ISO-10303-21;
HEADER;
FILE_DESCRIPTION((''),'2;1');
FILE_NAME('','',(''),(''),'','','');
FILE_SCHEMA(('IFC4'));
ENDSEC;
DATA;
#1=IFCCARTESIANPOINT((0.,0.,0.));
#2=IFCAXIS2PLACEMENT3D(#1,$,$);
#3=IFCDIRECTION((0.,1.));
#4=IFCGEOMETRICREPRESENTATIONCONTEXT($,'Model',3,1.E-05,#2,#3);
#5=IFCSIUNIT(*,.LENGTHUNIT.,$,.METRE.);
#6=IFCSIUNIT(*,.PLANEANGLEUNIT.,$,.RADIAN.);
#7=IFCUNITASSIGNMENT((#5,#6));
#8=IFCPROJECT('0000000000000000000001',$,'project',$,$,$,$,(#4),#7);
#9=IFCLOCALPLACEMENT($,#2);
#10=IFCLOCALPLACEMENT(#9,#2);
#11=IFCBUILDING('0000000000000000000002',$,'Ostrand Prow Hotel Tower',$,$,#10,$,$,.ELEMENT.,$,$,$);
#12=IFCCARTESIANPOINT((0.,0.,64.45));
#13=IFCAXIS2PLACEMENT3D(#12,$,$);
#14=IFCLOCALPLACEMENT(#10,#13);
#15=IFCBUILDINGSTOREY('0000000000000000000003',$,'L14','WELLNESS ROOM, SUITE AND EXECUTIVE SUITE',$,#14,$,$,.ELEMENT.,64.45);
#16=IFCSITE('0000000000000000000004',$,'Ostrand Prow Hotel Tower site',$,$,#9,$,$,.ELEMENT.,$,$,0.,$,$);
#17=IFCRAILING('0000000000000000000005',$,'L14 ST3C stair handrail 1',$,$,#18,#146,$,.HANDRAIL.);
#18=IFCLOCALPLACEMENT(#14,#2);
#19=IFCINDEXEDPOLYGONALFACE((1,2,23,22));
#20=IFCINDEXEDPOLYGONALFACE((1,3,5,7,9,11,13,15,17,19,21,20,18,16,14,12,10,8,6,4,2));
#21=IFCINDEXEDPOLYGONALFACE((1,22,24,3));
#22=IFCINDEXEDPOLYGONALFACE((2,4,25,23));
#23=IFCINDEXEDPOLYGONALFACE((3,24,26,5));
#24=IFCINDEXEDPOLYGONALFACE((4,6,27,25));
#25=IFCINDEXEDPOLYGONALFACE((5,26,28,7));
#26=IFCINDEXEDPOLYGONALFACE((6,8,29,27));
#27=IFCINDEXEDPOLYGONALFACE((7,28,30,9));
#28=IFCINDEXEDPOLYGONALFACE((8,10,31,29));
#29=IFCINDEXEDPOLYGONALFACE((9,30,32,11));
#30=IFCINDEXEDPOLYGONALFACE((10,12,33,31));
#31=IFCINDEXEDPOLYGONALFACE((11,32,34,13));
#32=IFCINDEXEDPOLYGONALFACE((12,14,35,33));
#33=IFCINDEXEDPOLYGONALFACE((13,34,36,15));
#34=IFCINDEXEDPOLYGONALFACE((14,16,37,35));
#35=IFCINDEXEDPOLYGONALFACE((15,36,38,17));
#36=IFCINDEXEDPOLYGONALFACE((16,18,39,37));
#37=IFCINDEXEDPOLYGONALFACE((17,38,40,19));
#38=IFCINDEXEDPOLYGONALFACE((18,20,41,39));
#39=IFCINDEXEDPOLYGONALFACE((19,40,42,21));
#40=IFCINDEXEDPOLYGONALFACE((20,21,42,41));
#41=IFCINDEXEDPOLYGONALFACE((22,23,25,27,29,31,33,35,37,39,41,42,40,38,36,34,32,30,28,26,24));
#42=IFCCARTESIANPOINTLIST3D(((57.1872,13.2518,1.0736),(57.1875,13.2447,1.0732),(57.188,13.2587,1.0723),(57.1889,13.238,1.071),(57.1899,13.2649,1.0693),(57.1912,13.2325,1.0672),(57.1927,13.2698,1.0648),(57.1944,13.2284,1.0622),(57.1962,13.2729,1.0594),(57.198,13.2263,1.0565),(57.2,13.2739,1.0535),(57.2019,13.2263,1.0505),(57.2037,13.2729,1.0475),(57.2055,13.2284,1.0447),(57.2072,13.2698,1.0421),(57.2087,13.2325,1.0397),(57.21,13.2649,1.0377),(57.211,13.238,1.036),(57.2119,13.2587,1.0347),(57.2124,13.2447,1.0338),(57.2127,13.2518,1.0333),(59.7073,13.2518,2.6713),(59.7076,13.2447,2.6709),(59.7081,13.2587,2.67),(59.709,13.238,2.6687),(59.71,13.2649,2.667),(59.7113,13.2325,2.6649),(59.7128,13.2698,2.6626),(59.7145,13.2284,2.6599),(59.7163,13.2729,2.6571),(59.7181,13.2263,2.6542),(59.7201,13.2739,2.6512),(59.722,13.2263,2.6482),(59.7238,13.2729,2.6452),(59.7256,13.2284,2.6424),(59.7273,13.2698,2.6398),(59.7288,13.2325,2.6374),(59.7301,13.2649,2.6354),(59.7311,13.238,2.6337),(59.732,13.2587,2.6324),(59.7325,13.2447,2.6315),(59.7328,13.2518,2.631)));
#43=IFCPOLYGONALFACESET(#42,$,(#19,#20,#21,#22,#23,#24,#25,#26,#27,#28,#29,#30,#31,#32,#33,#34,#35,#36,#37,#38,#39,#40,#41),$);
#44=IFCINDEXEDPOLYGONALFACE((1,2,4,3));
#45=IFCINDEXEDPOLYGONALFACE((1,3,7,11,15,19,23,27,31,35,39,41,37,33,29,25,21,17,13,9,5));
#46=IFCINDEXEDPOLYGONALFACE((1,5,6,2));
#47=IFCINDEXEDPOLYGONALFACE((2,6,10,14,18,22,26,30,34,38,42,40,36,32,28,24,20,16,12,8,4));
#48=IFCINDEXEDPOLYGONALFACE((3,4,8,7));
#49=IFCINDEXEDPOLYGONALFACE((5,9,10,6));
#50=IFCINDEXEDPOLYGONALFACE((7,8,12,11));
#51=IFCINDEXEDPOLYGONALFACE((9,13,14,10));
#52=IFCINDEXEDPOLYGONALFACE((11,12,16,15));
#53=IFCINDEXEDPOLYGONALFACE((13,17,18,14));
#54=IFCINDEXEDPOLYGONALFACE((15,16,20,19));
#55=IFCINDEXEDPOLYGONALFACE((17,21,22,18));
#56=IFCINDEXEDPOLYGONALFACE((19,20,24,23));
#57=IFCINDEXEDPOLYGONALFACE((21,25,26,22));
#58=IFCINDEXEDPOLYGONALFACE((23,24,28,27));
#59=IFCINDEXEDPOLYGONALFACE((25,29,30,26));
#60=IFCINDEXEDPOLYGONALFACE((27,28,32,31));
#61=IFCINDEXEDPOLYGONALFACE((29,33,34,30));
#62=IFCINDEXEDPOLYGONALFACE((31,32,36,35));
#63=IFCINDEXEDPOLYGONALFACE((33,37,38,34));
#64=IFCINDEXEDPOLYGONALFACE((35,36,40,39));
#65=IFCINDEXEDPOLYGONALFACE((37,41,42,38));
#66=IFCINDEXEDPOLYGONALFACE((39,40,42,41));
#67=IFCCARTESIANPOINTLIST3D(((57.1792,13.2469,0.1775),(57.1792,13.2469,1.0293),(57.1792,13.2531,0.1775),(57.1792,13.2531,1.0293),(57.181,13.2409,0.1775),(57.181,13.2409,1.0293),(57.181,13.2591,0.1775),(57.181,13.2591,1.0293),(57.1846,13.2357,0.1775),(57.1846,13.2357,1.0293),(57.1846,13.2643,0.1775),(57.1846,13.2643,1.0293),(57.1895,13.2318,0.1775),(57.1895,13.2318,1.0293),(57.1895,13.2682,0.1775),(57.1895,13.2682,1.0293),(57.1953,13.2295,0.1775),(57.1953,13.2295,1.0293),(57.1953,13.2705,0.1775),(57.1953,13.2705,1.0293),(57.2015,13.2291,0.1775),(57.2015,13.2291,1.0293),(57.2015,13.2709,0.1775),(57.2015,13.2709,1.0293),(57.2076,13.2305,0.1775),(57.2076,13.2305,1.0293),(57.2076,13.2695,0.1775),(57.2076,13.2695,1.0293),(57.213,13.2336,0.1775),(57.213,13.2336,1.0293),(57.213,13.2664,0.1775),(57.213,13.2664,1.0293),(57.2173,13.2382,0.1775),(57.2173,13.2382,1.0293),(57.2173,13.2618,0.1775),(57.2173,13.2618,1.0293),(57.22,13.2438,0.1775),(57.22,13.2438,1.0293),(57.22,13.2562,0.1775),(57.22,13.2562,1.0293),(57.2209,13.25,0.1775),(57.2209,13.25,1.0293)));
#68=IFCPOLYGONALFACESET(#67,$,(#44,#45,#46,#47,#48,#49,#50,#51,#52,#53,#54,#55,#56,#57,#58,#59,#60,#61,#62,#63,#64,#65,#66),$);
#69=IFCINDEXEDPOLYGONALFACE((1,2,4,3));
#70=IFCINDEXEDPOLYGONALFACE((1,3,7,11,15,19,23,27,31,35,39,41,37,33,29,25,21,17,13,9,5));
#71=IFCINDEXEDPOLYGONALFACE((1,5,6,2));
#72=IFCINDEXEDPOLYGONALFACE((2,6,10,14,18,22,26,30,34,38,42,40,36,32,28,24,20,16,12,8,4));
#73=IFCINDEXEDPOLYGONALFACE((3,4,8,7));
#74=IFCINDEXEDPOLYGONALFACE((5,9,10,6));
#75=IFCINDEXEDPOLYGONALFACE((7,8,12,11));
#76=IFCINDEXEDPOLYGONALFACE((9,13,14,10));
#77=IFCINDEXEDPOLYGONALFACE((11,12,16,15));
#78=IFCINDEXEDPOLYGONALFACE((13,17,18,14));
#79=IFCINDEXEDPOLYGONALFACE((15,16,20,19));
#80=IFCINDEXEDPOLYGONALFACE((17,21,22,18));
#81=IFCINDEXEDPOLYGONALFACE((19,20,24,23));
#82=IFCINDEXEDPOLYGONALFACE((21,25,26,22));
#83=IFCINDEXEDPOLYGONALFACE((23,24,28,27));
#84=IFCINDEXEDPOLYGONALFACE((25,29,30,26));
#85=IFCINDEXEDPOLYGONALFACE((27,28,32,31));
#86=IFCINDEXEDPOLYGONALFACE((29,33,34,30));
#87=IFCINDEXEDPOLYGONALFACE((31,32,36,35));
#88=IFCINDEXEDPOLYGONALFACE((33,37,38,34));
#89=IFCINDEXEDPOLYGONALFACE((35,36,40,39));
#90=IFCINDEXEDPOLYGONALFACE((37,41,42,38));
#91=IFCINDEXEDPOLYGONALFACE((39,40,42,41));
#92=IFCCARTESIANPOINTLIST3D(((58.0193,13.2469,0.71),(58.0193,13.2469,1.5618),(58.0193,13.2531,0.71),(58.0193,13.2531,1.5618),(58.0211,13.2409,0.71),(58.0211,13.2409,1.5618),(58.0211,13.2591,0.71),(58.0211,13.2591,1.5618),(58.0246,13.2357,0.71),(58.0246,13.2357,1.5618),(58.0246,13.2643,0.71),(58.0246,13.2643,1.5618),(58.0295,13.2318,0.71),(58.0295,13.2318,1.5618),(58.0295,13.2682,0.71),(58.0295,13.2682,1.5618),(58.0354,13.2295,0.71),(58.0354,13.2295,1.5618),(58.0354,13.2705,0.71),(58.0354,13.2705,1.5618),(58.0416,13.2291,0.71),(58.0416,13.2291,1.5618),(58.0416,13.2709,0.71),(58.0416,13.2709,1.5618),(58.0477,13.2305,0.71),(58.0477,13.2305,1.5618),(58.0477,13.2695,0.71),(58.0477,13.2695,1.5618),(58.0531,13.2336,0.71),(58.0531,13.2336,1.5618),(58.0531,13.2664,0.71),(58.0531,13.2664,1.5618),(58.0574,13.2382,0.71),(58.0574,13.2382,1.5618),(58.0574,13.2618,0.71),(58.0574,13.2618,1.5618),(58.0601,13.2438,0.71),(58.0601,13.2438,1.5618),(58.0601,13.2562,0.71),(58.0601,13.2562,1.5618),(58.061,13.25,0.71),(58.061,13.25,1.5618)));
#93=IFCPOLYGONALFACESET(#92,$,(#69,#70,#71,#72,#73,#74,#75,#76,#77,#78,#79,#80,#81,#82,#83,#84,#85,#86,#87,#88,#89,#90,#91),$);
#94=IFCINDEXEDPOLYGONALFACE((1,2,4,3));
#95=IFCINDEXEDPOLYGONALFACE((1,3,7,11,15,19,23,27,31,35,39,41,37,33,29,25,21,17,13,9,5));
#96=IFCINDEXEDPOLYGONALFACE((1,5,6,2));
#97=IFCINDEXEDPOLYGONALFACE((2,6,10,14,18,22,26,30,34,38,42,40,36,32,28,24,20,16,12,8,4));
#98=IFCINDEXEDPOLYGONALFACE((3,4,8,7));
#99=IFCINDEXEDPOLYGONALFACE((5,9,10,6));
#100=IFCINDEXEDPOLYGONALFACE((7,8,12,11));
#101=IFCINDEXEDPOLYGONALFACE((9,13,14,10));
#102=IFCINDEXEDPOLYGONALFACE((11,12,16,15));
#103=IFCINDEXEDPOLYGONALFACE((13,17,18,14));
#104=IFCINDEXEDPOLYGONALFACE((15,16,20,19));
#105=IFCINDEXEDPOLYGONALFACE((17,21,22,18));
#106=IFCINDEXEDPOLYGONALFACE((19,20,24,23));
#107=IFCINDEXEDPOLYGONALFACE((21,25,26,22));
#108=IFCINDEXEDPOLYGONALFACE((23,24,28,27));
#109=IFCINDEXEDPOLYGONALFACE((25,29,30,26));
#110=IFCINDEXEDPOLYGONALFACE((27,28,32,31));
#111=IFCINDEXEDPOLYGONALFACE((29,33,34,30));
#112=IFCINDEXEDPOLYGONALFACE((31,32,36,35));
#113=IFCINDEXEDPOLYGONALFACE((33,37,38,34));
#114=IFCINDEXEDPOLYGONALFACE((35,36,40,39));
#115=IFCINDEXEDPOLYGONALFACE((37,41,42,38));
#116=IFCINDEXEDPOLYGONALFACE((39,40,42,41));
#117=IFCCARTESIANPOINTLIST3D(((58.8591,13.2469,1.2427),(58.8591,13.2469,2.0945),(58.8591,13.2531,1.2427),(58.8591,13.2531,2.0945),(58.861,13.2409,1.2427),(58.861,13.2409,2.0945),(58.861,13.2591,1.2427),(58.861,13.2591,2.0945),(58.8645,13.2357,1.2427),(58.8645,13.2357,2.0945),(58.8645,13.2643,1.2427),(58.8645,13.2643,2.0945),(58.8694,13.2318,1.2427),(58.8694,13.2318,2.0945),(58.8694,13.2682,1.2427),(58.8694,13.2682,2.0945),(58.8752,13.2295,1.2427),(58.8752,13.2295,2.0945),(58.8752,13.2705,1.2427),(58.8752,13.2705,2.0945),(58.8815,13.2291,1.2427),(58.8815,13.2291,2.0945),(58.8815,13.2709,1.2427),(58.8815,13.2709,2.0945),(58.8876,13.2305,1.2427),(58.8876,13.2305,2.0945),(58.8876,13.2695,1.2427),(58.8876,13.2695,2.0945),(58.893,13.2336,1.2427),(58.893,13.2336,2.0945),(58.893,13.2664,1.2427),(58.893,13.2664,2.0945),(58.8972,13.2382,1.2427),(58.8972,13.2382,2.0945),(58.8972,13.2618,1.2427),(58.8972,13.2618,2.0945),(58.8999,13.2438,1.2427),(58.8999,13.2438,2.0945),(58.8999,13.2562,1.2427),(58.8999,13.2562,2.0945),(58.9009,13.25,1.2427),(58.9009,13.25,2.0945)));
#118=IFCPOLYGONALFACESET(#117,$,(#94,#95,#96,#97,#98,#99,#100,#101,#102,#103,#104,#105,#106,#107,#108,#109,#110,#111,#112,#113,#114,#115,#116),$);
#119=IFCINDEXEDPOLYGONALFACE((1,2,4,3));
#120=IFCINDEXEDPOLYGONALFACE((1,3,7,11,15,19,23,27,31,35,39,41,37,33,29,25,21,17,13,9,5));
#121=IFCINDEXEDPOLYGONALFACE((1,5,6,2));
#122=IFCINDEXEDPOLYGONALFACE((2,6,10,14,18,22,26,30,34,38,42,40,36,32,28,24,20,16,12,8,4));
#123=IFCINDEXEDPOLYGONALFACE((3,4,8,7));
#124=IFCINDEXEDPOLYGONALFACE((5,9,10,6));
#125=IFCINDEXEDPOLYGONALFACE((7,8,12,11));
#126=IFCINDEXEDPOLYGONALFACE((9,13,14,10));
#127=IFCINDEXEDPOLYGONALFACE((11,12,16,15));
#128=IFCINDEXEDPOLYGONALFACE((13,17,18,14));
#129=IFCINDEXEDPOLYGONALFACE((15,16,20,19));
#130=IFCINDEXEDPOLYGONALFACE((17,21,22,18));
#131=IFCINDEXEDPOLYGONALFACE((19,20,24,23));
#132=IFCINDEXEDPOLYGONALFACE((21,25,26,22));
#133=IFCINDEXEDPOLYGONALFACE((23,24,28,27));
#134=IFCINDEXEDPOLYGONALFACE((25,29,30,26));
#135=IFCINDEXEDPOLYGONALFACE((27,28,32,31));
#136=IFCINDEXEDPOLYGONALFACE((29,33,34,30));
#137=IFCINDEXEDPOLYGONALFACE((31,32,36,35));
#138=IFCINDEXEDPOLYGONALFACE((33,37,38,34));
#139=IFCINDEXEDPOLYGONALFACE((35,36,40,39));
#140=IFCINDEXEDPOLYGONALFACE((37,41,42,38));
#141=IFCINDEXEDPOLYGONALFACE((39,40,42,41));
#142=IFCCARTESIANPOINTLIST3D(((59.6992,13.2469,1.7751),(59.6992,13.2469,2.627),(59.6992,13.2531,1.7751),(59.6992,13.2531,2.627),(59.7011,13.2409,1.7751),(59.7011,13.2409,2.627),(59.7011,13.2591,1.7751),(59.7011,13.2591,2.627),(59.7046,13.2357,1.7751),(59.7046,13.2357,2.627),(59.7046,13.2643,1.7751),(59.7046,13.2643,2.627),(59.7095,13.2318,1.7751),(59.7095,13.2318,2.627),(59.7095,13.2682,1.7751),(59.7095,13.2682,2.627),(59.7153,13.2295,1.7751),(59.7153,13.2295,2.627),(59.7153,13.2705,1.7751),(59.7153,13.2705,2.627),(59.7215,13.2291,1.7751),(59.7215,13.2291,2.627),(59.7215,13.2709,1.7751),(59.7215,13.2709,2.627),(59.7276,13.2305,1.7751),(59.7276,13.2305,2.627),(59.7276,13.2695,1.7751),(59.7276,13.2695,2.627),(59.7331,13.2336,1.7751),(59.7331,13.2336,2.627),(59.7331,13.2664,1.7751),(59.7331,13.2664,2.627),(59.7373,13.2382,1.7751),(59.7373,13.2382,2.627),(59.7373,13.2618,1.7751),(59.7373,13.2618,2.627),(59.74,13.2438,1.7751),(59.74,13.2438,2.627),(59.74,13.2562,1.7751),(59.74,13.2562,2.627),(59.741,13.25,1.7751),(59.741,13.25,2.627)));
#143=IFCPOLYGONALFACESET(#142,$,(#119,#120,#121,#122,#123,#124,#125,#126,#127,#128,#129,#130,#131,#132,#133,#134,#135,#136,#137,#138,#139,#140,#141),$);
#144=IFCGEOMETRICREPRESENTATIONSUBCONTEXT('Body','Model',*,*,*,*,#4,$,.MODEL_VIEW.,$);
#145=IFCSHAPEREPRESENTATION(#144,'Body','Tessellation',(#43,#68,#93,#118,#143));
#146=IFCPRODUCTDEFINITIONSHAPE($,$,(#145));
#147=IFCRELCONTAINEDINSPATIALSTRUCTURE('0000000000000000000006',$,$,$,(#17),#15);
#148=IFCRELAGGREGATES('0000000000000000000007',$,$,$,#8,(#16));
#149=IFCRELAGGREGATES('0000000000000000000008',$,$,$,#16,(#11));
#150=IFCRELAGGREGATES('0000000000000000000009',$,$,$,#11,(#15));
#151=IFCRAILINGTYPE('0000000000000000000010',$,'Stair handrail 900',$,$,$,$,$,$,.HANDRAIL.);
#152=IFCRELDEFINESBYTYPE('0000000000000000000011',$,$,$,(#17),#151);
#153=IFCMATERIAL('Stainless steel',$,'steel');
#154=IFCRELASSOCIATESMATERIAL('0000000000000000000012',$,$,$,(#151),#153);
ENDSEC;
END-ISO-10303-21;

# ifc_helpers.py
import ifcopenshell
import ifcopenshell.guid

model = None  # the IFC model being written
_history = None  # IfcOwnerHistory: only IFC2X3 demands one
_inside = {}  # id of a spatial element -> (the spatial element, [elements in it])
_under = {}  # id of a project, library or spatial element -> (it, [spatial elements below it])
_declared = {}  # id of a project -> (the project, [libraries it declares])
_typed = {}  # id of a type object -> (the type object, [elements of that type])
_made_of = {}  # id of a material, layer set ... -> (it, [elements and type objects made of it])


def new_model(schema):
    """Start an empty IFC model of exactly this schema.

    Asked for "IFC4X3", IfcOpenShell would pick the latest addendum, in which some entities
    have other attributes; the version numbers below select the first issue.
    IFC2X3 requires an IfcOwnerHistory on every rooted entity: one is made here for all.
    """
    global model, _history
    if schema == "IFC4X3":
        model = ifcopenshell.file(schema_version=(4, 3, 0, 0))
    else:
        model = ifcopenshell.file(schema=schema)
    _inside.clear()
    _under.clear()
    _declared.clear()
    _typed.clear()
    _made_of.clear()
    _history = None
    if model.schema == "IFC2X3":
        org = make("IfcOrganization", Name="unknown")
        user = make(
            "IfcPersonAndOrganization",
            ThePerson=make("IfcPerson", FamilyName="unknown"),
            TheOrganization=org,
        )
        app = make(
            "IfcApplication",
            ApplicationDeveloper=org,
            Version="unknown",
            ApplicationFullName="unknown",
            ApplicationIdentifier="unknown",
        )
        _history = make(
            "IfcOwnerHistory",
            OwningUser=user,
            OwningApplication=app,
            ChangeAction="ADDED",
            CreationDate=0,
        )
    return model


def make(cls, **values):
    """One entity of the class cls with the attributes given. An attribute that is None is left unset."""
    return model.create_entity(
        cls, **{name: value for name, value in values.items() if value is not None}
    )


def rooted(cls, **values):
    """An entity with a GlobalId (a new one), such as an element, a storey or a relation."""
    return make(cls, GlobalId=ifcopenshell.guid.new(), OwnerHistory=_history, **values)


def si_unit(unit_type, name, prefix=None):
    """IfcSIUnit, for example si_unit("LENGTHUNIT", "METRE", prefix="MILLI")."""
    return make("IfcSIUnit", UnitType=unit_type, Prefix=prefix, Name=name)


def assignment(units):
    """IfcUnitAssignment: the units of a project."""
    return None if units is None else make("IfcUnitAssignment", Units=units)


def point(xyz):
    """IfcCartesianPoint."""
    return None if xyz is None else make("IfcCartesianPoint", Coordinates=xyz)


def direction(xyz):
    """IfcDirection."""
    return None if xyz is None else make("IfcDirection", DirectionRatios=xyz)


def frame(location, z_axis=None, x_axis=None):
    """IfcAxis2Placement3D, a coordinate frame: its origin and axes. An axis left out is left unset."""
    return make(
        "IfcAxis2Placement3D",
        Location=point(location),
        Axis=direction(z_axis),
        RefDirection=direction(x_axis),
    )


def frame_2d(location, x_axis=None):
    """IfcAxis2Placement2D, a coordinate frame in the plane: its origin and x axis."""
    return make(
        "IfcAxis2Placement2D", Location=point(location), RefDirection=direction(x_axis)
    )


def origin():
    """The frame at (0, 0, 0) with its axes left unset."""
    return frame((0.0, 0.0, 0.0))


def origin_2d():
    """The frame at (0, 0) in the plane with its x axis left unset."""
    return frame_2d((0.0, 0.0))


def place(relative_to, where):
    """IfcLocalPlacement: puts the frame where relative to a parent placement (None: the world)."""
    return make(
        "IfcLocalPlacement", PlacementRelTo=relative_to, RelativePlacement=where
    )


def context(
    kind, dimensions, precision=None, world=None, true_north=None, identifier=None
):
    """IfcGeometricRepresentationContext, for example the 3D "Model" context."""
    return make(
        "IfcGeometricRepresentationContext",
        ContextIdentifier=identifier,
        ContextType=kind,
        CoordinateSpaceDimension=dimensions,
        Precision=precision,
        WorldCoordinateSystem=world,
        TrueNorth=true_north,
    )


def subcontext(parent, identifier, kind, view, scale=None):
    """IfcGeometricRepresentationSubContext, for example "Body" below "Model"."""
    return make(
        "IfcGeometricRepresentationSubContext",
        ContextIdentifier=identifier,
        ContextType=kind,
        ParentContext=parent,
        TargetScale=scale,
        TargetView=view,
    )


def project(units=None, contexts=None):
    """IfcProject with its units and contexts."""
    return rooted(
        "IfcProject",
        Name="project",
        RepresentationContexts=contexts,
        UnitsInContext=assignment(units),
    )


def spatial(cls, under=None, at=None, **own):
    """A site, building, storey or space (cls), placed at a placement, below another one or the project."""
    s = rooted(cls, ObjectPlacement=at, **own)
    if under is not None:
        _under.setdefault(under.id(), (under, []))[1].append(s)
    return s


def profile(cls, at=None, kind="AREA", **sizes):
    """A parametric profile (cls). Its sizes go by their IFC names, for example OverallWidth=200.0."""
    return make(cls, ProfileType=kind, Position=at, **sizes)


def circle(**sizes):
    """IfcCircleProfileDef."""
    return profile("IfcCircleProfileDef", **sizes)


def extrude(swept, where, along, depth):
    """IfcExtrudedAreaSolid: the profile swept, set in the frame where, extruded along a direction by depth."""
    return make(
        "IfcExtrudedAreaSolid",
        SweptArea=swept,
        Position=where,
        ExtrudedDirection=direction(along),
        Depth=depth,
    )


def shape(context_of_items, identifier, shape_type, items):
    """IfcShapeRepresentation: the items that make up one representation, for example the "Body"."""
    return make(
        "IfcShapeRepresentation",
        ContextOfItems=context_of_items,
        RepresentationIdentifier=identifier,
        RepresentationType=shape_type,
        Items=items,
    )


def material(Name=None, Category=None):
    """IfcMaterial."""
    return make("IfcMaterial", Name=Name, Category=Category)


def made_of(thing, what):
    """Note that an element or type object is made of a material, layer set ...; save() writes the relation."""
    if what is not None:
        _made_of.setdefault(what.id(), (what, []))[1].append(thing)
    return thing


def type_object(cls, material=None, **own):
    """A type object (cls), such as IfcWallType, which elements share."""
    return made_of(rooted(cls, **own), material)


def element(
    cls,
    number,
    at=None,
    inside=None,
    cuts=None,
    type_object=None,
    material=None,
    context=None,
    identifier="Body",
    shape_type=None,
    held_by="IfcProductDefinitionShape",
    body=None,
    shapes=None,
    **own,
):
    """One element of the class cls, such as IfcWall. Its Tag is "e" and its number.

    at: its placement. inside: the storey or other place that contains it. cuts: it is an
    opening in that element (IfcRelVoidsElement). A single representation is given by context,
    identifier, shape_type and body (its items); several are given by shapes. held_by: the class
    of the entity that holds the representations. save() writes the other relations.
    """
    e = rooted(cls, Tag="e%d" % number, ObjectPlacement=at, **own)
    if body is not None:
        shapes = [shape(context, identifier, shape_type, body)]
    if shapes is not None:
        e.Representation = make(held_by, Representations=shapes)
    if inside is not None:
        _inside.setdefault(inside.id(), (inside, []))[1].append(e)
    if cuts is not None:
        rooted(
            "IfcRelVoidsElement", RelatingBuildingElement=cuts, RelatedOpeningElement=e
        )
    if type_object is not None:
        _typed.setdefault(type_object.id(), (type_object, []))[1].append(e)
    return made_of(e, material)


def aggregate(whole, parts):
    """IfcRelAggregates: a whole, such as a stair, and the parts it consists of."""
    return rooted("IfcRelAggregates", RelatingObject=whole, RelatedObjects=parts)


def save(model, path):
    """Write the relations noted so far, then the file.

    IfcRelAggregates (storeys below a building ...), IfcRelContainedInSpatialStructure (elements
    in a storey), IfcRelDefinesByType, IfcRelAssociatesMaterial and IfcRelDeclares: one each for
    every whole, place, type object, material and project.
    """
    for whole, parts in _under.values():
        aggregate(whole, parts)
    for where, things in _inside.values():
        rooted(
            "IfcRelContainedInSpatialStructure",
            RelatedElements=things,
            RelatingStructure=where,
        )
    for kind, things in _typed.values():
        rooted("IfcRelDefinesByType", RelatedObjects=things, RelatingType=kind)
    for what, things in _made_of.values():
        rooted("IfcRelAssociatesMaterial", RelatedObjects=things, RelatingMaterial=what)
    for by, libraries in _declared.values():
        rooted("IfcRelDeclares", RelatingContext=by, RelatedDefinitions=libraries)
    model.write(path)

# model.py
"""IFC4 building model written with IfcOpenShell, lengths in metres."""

from ifc_helpers import new_model, si_unit, direction, frame, origin, origin_2d, place, context, subcontext, project, spatial, circle, extrude, material, type_object, element, save


model = new_model("IFC4")

# Units and contexts
model_context = context("Model", 3, precision=1e-05, world=origin(), true_north=direction((0.0, 1.0)))
body_context = subcontext(model_context, "Body", "Model", "MODEL_VIEW")
ifc_project = project(units=[si_unit("LENGTHUNIT", "METRE"), si_unit("PLANEANGLEUNIT", "RADIAN")], contexts=[model_context])

# Site, building, storey
site_placement = place(None, origin())
site = spatial("IfcSite", under=ifc_project, at=site_placement, Name="Ostrand Prow Hotel Tower site", CompositionType="ELEMENT", RefElevation=0.0)
building_placement = place(site_placement, origin())
building = spatial("IfcBuilding", under=site, at=building_placement, Name="Ostrand Prow Hotel Tower", CompositionType="ELEMENT")
storey_placement = place(building_placement, frame((0.0, 0.0, 64.45)))
storey = spatial("IfcBuildingStorey", under=building, at=storey_placement, Name="L14", Description="WELLNESS ROOM, SUITE AND EXECUTIVE SUITE", CompositionType="ELEMENT", Elevation=64.45)

# Railing
ifc_material_1 = material(Name="Stainless steel", Category="steel")
railing_type_1 = type_object("IfcRailingType", Name="Stair handrail 900", PredefinedType="HANDRAIL", material=ifc_material_1)
railing_1_placement = place(storey_placement, frame((57.2, 13.25, 0.1775)))
element("IfcRailing", 1, at=railing_1_placement, inside=storey, type_object=railing_type_1, Name="L14 ST3C stair handrail 1", PredefinedType="HANDRAIL", context=body_context, shape_type="SweptSolid", body=[
    extrude(circle(Radius=0.0239, at=origin_2d()), frame((0.0, 0.0, 0.876), z_axis=(0.84457, 0.0, 0.535445), x_axis=(0.0, 1.0, 0.0)), (0.0, 0.0, 1.0), 2.9839),
    extrude(circle(Radius=0.021, at=origin_2d()), origin(), (0.0, 0.0, 1.0), 0.8518),
    extrude(circle(Radius=0.021, at=origin_2d()), frame((0.8401, 0.0, 0.5325)), (0.0, 0.0, 1.0), 0.8518),
    extrude(circle(Radius=0.021, at=origin_2d()), frame((1.6799, 0.0, 1.0652)), (0.0, 0.0, 1.0), 0.8518),
    extrude(circle(Radius=0.021, at=origin_2d()), frame((2.52, 0.0, 1.5977)), (0.0, 0.0, 1.0), 0.8518),
])

save(model, "model.ifc")
